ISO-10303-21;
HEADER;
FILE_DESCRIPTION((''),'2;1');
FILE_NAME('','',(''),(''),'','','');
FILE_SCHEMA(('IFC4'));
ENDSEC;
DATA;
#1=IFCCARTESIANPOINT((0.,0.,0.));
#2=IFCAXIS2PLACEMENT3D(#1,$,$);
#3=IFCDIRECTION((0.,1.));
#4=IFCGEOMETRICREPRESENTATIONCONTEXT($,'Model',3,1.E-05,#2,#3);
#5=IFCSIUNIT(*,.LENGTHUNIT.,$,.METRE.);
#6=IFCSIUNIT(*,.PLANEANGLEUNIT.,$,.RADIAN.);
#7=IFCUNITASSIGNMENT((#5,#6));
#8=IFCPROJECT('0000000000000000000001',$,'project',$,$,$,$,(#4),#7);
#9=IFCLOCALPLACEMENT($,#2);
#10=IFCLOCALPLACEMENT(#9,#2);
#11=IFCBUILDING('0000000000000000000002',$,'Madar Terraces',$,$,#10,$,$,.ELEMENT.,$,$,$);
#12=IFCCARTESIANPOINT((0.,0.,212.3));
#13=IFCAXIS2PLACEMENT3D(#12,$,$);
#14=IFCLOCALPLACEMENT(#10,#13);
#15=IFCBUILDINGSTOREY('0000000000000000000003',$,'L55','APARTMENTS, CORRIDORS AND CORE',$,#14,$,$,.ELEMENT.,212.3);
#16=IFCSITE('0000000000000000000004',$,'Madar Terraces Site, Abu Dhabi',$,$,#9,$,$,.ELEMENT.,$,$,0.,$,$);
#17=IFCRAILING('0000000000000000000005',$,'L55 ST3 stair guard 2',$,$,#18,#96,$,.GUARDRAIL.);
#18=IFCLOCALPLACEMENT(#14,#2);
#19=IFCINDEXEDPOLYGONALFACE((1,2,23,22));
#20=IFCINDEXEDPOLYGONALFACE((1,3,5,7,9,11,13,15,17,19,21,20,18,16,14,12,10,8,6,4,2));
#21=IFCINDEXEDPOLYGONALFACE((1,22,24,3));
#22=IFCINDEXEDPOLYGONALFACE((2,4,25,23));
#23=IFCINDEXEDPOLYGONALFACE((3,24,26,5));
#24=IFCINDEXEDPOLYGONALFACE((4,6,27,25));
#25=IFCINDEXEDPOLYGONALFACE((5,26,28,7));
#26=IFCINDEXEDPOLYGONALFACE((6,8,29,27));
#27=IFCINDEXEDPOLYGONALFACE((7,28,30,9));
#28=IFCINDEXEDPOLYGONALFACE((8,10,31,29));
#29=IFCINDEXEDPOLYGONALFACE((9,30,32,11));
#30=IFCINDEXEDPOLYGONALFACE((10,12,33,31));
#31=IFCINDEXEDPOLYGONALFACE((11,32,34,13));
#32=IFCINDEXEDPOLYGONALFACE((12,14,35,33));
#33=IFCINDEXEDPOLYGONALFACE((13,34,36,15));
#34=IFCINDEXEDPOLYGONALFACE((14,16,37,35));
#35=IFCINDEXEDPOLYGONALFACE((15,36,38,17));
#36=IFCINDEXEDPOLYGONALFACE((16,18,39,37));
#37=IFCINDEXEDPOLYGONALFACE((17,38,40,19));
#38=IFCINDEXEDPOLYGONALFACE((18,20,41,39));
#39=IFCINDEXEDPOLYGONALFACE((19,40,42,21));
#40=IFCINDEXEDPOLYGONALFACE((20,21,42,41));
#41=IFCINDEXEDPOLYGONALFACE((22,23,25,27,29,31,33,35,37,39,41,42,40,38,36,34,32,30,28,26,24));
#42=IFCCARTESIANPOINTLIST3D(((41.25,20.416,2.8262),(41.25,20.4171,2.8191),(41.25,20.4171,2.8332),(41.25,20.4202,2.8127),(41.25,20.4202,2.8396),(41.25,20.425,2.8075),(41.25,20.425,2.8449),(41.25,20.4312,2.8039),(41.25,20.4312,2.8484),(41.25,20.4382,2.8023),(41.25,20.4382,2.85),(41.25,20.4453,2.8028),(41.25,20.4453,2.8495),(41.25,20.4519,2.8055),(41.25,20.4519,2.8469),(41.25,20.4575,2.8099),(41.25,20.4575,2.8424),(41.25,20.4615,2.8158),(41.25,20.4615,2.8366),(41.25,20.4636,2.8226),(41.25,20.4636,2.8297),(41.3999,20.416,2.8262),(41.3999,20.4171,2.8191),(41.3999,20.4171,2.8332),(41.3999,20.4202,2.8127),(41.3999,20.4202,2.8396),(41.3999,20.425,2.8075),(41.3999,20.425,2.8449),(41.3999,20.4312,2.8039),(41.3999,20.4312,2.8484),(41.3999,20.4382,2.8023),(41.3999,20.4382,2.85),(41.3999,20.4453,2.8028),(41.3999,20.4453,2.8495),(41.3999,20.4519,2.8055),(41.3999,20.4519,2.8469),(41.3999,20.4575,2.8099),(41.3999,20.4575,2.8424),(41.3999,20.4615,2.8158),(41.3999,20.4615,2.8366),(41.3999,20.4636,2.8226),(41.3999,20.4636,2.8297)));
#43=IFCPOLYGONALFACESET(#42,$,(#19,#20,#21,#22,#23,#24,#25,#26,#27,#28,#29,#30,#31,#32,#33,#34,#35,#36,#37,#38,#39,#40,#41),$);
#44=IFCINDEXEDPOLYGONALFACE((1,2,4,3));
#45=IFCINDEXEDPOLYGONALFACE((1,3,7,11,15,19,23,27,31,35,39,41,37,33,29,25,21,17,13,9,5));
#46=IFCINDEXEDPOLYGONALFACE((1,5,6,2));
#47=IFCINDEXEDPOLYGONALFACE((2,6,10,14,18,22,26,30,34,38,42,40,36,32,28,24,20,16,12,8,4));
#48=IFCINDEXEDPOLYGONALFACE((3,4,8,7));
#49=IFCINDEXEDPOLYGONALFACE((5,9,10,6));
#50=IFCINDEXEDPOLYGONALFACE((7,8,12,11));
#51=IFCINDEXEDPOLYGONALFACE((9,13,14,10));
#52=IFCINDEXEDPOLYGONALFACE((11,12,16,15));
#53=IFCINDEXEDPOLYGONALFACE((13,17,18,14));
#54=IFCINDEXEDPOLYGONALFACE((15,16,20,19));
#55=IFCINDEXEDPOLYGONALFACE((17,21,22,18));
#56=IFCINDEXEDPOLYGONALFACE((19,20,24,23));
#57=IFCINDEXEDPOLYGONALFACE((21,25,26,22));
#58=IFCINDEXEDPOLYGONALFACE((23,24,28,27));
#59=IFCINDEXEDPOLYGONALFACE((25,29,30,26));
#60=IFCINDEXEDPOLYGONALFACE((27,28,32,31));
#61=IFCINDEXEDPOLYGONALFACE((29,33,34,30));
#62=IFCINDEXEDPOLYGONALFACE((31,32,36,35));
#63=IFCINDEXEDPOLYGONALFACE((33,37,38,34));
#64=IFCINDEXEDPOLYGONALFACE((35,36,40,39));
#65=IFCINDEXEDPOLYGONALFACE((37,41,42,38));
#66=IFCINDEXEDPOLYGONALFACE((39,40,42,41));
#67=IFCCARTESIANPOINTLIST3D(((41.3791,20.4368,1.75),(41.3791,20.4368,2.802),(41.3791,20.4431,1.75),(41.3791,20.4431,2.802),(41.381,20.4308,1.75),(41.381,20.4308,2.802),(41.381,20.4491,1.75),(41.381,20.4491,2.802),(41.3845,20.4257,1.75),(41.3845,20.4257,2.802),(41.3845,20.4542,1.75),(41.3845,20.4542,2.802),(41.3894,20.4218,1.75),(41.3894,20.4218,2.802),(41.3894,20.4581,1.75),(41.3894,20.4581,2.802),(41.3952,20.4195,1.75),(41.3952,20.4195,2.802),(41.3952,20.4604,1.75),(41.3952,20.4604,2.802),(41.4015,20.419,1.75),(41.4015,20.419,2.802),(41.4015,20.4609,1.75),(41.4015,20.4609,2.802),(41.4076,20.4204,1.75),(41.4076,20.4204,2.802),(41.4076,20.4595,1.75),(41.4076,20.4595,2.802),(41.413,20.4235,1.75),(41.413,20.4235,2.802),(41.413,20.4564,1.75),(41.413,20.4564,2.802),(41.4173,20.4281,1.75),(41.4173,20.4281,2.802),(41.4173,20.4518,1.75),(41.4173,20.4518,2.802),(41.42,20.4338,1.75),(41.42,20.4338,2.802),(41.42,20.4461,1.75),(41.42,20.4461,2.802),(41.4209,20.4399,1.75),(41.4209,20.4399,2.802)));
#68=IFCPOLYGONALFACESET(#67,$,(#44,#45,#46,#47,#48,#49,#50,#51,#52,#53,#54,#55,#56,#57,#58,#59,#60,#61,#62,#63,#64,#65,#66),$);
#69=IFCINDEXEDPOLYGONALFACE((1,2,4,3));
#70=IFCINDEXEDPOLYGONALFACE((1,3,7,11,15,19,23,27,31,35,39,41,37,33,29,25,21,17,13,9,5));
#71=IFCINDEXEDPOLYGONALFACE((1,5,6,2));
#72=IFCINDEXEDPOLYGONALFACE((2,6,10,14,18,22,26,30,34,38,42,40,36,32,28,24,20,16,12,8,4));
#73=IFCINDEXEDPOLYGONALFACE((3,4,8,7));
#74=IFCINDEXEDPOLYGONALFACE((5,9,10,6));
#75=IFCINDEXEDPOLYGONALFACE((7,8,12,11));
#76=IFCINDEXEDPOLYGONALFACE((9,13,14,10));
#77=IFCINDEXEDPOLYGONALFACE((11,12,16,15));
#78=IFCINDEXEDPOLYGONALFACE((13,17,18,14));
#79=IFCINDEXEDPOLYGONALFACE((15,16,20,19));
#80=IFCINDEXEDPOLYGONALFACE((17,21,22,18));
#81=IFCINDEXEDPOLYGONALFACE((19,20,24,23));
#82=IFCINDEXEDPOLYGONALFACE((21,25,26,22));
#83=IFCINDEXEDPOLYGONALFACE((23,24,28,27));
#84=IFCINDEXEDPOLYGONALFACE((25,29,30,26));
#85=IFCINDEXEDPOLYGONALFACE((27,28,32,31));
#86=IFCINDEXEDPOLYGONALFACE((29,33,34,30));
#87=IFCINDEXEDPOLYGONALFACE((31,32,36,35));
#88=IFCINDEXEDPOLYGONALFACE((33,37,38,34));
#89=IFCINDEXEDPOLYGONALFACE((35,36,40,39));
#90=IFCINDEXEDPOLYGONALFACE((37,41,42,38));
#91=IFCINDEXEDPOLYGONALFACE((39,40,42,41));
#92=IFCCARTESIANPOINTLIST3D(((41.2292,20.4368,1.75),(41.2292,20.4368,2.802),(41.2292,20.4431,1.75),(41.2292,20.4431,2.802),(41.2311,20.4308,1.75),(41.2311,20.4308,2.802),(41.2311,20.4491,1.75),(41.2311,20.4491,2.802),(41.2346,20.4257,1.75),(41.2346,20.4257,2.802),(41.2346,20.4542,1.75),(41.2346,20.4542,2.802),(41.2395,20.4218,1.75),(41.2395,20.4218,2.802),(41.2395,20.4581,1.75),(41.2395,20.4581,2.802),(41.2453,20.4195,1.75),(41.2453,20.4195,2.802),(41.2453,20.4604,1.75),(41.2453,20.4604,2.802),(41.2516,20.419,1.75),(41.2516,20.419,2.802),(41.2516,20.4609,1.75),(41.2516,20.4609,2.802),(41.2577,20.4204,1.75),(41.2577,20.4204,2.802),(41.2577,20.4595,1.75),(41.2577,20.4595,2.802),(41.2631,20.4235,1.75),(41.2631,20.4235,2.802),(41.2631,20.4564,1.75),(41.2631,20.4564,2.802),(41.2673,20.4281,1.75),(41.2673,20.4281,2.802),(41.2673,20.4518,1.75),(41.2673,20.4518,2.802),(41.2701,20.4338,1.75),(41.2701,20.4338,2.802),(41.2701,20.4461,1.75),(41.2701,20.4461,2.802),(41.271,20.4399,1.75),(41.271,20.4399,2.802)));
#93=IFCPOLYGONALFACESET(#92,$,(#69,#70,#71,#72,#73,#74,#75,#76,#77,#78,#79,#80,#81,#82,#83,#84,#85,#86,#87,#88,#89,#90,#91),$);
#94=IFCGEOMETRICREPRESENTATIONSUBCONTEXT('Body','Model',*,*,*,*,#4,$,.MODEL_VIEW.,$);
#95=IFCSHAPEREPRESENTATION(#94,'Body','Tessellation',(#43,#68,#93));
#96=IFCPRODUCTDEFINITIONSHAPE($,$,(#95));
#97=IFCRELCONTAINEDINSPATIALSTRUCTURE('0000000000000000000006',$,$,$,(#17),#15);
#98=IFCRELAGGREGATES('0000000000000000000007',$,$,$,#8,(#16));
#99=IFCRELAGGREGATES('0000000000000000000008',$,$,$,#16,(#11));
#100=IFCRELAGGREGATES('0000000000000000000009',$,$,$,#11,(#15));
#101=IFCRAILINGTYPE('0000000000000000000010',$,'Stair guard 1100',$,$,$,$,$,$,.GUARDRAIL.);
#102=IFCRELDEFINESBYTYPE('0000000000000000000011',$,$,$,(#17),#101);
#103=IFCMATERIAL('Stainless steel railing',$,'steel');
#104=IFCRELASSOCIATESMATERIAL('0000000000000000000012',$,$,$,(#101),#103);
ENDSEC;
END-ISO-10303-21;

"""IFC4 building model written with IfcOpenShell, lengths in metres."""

from ifc_helpers import new_model, si_unit, direction, frame, origin, origin_2d, place, context, subcontext, project, spatial, circle, extrude, material, type_object, element, save


model = new_model("IFC4")

# Units and contexts
model_context = context("Model", 3, precision=1e-05, world=origin(), true_north=direction((0.0, 1.0)))
body_context = subcontext(model_context, "Body", "Model", "MODEL_VIEW")
ifc_project = project(units=[si_unit("LENGTHUNIT", "METRE"), si_unit("PLANEANGLEUNIT", "RADIAN")], contexts=[model_context])

# Site, building, storey
site_placement = place(None, origin())
site = spatial("IfcSite", under=ifc_project, at=site_placement, Name="Madar Terraces Site, Abu Dhabi", CompositionType="ELEMENT", RefElevation=0.0)
building_placement = place(site_placement, origin())
building = spatial("IfcBuilding", under=site, at=building_placement, Name="Madar Terraces", CompositionType="ELEMENT")
storey_placement = place(building_placement, frame((0.0, 0.0, 212.3)))
storey = spatial("IfcBuildingStorey", under=building, at=storey_placement, Name="L55", Description="APARTMENTS, CORRIDORS AND CORE", CompositionType="ELEMENT", Elevation=212.3)

# Railing
ifc_material_1 = material(Name="Stainless steel railing", Category="steel")
railing_type_1 = type_object("IfcRailingType", Name="Stair guard 1100", PredefinedType="GUARDRAIL", material=ifc_material_1)
railing_1_placement = place(storey_placement, frame((41.3999, 20.4399, 1.75)))
element("IfcRailing", 1, at=railing_1_placement, inside=storey, type_object=railing_type_1, Name="L55 ST3 stair guard 2", PredefinedType="GUARDRAIL", context=body_context, shape_type="SweptSolid", body=[
    extrude(circle(Radius=0.0239, at=origin_2d()), frame((0.0, 0.0, 1.0762), z_axis=(-1.0, 0.0, 0.0), x_axis=(0.0, -1.0, 0.0)), (0.0, 0.0, 1.0), 0.1499),
    extrude(circle(Radius=0.021, at=origin_2d()), origin(), (0.0, 0.0, 1.0), 1.052),
    extrude(circle(Radius=0.021, at=origin_2d()), frame((-0.1499, 0.0, 0.0)), (0.0, 0.0, 1.0), 1.052),
])

save(model, "model.ifc")
